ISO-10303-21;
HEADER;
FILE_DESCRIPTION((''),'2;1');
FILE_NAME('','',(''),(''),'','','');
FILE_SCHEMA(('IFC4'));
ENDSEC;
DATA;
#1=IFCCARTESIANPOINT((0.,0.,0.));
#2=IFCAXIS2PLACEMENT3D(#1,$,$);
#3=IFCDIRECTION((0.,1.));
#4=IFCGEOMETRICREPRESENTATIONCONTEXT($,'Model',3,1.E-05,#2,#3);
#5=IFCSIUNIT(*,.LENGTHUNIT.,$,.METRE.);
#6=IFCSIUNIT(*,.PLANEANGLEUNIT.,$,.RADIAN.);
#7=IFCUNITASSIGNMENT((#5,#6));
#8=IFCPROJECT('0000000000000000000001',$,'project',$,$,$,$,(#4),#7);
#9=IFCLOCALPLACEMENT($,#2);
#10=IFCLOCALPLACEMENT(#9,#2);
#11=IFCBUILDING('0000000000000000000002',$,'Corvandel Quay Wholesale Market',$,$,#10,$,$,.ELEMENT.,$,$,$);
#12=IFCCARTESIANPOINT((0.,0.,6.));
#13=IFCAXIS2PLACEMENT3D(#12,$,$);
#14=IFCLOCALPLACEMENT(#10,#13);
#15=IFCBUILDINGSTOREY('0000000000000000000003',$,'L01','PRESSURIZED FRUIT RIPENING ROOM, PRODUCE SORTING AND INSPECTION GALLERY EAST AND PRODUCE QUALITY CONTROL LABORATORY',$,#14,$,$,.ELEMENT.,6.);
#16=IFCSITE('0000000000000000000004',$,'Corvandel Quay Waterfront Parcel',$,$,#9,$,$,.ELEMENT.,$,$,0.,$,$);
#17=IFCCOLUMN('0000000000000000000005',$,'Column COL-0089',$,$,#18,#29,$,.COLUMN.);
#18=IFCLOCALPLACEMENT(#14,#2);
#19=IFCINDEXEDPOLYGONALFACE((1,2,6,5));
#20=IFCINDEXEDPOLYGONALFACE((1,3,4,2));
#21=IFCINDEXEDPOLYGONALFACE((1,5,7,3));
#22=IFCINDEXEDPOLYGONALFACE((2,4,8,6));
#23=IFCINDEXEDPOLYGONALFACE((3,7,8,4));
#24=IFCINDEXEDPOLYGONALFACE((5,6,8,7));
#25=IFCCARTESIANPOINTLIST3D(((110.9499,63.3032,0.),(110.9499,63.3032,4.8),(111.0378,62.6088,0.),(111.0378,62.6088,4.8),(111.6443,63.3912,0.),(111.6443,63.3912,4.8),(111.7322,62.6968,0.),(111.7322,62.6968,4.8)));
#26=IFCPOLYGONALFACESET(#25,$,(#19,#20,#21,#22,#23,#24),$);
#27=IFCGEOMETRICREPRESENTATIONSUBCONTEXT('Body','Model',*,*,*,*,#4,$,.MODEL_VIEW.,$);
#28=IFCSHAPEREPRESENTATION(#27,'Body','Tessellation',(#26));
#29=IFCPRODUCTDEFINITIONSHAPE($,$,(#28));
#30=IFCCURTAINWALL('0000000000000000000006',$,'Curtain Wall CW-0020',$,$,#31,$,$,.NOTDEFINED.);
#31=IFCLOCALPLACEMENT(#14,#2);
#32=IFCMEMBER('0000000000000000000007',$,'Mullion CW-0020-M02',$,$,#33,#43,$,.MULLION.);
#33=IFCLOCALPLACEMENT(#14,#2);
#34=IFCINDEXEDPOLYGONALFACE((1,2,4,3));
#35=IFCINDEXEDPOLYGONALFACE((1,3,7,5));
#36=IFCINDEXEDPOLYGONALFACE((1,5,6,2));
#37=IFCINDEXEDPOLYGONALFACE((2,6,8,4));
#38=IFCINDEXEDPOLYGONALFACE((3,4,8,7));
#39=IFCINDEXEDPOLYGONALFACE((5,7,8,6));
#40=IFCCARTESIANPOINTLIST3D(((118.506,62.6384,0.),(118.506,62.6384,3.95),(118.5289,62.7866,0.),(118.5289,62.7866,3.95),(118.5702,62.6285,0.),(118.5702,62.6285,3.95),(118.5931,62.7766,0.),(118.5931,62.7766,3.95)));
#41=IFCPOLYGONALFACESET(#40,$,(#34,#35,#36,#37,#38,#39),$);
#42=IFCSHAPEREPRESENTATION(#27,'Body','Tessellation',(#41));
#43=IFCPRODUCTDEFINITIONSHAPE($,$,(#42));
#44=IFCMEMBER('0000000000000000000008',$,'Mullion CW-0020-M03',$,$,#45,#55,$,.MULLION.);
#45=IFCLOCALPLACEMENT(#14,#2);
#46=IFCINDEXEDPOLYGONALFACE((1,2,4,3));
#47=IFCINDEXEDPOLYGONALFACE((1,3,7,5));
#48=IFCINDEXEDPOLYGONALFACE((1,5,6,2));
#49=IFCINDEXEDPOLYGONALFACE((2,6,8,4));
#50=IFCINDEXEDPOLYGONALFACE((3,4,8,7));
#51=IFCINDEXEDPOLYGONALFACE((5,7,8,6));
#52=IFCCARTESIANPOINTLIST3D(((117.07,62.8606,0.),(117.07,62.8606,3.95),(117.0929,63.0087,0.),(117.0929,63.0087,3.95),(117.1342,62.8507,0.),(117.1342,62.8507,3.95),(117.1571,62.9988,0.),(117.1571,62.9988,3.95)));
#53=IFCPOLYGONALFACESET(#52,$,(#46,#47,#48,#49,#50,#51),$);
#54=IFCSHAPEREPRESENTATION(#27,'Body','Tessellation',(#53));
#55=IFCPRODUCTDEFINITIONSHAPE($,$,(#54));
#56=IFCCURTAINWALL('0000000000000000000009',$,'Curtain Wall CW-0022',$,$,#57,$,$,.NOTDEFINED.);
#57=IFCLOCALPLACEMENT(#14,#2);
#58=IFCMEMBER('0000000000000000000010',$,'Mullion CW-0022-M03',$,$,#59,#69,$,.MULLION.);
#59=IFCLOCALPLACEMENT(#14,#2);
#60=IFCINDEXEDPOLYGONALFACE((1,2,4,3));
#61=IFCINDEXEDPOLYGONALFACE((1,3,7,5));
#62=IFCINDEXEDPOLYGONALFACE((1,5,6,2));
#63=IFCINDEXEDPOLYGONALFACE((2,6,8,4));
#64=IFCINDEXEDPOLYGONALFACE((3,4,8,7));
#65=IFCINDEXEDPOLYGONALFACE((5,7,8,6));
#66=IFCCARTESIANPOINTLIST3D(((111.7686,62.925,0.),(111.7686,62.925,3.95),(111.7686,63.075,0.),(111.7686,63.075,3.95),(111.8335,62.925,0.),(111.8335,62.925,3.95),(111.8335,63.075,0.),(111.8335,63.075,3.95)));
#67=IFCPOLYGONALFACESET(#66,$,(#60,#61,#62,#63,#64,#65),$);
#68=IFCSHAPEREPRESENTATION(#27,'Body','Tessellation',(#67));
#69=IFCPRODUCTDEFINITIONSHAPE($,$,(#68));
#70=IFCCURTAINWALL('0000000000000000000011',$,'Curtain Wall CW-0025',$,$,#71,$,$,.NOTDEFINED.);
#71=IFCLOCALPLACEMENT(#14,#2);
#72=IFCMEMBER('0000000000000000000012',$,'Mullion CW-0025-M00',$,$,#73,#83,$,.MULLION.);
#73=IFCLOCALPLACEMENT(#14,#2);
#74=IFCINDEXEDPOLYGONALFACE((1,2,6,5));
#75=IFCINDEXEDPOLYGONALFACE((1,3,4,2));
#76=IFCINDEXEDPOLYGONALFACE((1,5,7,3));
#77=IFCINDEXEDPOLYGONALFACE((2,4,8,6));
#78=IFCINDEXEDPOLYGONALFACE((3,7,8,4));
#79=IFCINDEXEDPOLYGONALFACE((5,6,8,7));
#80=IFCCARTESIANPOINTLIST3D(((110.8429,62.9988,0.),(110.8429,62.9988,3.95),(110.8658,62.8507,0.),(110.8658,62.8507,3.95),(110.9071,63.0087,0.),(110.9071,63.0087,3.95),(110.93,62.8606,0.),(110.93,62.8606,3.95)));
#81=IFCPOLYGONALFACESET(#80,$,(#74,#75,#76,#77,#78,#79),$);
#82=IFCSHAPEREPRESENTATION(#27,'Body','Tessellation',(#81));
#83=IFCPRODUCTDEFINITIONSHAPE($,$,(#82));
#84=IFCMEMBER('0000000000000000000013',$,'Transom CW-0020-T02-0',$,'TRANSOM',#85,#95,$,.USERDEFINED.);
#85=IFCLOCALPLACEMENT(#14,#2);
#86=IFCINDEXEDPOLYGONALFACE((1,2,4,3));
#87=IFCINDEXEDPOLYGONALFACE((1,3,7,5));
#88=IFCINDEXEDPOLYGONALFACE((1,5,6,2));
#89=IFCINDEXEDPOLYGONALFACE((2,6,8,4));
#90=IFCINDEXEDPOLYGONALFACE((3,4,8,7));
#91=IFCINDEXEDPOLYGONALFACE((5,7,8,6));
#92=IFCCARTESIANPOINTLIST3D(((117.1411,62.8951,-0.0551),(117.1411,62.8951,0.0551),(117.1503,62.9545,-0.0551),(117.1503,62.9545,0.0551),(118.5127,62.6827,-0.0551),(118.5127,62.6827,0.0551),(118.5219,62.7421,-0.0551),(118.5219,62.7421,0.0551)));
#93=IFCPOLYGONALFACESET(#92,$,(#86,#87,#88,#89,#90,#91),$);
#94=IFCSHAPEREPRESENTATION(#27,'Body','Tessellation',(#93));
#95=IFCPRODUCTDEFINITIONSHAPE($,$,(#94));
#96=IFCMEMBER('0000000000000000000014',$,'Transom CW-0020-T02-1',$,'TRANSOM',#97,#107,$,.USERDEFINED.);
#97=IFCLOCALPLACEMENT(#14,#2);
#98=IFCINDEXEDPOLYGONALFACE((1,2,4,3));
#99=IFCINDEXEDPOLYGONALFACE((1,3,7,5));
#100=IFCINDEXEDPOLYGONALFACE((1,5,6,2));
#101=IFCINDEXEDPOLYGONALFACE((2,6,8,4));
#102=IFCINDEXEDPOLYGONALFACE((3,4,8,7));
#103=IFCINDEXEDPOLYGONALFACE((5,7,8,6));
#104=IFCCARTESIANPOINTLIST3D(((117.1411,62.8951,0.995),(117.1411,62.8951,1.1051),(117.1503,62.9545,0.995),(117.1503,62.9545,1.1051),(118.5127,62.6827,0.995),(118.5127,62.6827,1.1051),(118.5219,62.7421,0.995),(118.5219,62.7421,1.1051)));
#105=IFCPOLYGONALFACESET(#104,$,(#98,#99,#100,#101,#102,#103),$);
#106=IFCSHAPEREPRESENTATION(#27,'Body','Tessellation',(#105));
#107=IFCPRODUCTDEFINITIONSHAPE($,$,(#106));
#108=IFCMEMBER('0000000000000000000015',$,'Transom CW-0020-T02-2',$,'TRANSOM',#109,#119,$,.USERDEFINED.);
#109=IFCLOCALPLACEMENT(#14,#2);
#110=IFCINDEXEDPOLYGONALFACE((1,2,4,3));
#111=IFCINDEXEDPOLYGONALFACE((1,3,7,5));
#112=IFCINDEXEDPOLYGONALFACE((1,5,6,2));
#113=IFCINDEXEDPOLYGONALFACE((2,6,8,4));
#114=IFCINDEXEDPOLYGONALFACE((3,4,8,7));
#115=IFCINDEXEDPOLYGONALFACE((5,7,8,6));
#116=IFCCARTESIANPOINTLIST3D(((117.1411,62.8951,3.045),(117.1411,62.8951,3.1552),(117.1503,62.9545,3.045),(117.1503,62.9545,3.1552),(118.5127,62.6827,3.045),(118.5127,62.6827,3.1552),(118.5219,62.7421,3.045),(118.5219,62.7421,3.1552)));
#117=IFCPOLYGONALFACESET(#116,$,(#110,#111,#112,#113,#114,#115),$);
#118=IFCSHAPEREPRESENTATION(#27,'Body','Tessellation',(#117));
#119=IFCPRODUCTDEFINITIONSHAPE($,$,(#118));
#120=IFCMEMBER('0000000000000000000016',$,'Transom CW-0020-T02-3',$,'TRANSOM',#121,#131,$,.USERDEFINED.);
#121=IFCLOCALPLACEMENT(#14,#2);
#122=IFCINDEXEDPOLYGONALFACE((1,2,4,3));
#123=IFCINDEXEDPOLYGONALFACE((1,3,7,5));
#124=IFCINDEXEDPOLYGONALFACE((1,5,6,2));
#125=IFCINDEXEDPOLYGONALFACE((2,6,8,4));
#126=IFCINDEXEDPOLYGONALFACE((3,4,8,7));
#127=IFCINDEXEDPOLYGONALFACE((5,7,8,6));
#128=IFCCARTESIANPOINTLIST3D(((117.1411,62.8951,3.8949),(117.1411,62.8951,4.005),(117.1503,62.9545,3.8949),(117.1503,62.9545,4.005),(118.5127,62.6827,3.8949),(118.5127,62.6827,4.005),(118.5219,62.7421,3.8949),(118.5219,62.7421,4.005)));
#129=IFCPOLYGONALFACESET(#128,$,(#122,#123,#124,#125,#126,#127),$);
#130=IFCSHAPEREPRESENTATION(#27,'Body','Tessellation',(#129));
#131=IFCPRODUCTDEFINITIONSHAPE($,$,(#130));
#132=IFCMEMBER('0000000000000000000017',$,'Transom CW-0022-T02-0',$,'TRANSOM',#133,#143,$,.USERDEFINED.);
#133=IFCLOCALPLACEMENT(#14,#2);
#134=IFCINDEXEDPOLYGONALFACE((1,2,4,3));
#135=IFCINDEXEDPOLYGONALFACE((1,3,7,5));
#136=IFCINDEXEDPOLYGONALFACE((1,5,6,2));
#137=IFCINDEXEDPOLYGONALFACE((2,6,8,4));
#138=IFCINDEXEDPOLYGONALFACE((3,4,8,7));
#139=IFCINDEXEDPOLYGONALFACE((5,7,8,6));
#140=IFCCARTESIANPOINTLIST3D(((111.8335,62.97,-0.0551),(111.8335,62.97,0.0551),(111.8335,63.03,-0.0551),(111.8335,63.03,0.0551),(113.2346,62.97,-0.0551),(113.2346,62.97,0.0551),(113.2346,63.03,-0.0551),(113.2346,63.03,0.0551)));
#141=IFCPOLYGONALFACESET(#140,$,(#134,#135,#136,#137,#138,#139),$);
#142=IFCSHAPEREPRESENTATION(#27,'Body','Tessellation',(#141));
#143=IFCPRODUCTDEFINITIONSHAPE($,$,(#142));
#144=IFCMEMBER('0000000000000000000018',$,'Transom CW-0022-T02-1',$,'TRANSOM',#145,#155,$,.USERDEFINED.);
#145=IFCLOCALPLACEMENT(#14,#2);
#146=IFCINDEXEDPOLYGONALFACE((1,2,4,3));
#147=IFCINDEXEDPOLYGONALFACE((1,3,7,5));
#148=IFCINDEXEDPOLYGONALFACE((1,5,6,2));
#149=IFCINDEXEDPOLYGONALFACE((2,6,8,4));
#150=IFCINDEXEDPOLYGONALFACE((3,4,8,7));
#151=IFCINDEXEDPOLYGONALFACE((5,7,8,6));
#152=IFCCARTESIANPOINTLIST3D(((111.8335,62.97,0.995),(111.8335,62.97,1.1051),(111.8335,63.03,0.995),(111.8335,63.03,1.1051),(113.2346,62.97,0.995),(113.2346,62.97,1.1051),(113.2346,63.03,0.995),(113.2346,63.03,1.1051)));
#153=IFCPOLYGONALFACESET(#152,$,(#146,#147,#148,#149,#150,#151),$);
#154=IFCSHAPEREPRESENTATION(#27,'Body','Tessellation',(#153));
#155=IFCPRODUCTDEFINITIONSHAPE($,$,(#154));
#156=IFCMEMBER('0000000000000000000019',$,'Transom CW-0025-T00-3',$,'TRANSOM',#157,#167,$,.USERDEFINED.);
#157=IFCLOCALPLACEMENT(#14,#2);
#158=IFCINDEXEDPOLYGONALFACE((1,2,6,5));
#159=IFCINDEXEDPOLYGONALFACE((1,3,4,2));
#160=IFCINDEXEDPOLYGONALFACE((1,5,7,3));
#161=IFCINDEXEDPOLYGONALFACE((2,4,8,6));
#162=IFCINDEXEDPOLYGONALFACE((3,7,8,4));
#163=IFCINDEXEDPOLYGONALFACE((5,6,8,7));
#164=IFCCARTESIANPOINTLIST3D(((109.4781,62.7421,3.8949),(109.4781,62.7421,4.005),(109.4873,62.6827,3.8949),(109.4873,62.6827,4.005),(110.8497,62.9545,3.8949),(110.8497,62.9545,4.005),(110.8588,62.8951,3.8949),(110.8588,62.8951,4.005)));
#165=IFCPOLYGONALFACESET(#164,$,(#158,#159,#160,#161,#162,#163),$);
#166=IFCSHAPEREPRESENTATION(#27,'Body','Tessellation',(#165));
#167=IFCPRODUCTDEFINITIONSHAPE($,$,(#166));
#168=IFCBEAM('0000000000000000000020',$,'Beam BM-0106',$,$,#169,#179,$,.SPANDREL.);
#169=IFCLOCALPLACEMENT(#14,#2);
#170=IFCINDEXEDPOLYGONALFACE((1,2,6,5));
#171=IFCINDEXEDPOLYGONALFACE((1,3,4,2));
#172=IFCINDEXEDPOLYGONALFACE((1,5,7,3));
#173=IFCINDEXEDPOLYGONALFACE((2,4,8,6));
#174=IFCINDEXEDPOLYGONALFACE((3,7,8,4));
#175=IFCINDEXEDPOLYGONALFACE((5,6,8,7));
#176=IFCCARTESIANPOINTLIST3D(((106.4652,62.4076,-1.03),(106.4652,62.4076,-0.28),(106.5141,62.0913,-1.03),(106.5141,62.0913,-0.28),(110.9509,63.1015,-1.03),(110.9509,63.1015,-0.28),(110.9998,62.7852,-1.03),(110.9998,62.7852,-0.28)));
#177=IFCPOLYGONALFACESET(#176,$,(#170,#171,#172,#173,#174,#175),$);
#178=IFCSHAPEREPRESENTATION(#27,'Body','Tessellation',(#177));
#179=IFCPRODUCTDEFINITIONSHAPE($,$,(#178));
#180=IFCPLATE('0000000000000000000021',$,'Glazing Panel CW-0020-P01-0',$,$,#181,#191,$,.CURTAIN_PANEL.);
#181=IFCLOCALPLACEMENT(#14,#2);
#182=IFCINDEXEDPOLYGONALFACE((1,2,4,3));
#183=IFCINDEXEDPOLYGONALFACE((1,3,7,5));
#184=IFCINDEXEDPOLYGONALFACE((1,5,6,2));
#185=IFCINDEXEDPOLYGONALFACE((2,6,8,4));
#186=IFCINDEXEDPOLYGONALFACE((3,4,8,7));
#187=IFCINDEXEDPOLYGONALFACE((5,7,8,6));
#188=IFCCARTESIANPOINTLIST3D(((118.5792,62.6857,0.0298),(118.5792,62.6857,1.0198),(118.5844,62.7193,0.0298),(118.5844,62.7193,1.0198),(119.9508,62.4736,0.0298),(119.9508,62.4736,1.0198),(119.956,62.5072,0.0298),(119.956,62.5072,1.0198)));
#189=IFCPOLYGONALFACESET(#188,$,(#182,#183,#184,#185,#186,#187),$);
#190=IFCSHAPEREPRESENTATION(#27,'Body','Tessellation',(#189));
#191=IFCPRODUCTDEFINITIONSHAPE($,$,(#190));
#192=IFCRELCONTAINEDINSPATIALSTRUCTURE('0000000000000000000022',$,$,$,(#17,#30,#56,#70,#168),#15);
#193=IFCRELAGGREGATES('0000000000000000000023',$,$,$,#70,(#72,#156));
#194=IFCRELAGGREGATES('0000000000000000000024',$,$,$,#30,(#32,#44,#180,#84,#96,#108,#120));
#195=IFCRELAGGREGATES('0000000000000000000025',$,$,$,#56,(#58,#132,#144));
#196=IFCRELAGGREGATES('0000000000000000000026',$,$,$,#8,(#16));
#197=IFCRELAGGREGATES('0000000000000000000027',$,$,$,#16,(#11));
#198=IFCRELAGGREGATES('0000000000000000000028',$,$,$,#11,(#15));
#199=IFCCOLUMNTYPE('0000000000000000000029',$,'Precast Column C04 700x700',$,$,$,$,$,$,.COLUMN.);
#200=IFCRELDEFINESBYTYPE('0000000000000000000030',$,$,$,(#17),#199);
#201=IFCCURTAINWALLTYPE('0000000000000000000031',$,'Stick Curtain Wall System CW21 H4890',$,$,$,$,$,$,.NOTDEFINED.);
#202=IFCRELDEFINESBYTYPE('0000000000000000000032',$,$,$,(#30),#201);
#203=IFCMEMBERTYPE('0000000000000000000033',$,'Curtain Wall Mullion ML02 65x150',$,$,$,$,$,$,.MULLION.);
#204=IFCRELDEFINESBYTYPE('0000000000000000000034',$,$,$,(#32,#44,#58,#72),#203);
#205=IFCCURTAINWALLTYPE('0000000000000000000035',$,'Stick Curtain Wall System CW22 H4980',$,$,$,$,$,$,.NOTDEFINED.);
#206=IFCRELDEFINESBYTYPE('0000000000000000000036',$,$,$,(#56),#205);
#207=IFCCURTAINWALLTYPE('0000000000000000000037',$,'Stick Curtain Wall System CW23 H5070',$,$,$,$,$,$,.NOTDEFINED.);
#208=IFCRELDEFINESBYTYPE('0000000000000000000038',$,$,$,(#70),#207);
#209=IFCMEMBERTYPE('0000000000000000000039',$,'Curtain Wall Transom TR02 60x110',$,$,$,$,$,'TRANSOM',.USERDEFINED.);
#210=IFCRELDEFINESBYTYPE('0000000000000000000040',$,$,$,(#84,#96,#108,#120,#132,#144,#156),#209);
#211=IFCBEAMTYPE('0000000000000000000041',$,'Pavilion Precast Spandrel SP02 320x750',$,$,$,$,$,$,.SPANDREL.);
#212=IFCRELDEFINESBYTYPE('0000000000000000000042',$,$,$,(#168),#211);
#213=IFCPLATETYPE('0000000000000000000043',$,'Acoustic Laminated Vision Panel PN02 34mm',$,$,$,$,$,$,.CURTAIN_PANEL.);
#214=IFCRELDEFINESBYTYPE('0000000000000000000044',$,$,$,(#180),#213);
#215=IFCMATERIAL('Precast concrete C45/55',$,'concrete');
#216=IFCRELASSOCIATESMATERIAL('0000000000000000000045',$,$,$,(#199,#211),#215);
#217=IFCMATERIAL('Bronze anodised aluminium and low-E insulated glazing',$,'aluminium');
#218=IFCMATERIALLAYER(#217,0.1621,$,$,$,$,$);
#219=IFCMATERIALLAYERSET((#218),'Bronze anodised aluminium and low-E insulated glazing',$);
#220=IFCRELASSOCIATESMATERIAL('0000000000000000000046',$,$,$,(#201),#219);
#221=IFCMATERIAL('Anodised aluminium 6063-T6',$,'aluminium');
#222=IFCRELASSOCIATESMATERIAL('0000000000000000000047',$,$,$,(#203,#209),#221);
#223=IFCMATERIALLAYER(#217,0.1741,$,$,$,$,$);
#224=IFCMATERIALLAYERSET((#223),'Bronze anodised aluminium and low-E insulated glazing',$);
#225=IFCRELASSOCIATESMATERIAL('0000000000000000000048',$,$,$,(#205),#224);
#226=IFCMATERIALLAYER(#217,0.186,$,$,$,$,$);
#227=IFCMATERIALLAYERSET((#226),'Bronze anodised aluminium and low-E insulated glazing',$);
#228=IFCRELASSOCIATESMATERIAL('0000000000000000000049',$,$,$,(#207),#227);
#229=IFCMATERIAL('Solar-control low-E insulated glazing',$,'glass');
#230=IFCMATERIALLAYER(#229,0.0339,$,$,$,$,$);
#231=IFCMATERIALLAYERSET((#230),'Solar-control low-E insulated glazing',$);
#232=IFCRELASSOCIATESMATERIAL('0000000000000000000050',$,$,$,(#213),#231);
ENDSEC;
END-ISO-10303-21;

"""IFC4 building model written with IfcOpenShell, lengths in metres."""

from ifc_helpers import new_model, si_unit, direction, frame, origin, origin_2d, place, context, subcontext, project, spatial, rectangle, extrude, material, layer, layer_set, material_profile, profile_set, type_object, element, aggregate, save


model = new_model("IFC4")

# Units and contexts
model_context = context("Model", 3, precision=1e-05, world=origin(), true_north=direction((0.0, 1.0)))
body_context = subcontext(model_context, "Body", "Model", "MODEL_VIEW")
ifc_project = project(units=[si_unit("LENGTHUNIT", "METRE"), si_unit("PLANEANGLEUNIT", "RADIAN")], contexts=[model_context])

# Site, building, storey
site_placement = place(None, origin())
site = spatial("IfcSite", under=ifc_project, at=site_placement, Name="Corvandel Quay Waterfront Parcel", CompositionType="ELEMENT", RefElevation=0.0)
building_placement = place(site_placement, origin())
building = spatial("IfcBuilding", under=site, at=building_placement, Name="Corvandel Quay Wholesale Market", CompositionType="ELEMENT")
storey_placement = place(building_placement, frame((0.0, 0.0, 6.0)))
storey = spatial("IfcBuildingStorey", under=building, at=storey_placement, Name="L01", Description="PRESSURIZED FRUIT RIPENING ROOM, PRODUCE SORTING AND INSPECTION GALLERY EAST AND PRODUCE QUALITY CONTROL LABORATORY", CompositionType="ELEMENT", Elevation=6.0)

# Column
ifc_material_1 = material(Name="Precast concrete C45/55", Category="concrete")
ifc_material_profile_1 = material_profile(ifc_material_1, rectangle(XDim=0.7, YDim=0.7, at=origin_2d()), Name="PC-COL-700x700")
ifc_profile_set_1 = profile_set([ifc_material_profile_1], Name="Precast concrete C45/55")
column_type = type_object("IfcColumnType", Name="Precast Column C04 700x700", PredefinedType="COLUMN", material=ifc_profile_set_1)
column_placement = place(storey_placement, frame((111.3411, 63.0, 0.0), z_axis=(0.0, 0.0, 1.0), x_axis=(0.992071, 0.12568, 0.0)))
element("IfcColumn", 1, at=column_placement, inside=storey, type_object=column_type, Name="Column COL-0089", PredefinedType="COLUMN", context=body_context, shape_type="SweptSolid", body=[
    extrude(rectangle(XDim=0.7, YDim=0.7, at=origin_2d()), origin(), (0.0, 0.0, 1.0), 4.8),
])

# Curtain wall, members
ifc_material_2 = material(Name="Bronze anodised aluminium and low-E insulated glazing", Category="aluminium")
ifc_layer_1 = layer(ifc_material_2, 0.1621)
ifc_layer_set_1 = layer_set([ifc_layer_1], Name="Bronze anodised aluminium and low-E insulated glazing")
curtain_wall_type_1 = type_object("IfcCurtainWallType", Name="Stick Curtain Wall System CW21 H4890", PredefinedType="NOTDEFINED", material=ifc_layer_set_1)
curtain_wall_1_placement = place(storey_placement, origin())
curtain_wall_1 = element("IfcCurtainWall", 2, at=curtain_wall_1_placement, inside=storey, type_object=curtain_wall_type_1, Name="Curtain Wall CW-0020", PredefinedType="NOTDEFINED")
ifc_material_3 = material(Name="Anodised aluminium 6063-T6", Category="aluminium")
ifc_material_profile_2 = material_profile(ifc_material_3, rectangle(XDim=0.0649, YDim=0.1499, at=origin_2d()), Name="ALU-MUL-65x150")
ifc_profile_set_2 = profile_set([ifc_material_profile_2], Name="Anodised aluminium 6063-T6")
member_type_1 = type_object("IfcMemberType", Name="Curtain Wall Mullion ML02 65x150", PredefinedType="MULLION", material=ifc_profile_set_2)
member_1_placement = place(storey_placement, frame((118.5496, 62.7075, 0.0), z_axis=(0.0, 0.0, 1.0), x_axis=(-0.988255, 0.152813, 0.0)))
member_1 = element("IfcMember", 3, at=member_1_placement, type_object=member_type_1, Name="Mullion CW-0020-M02", PredefinedType="MULLION", context=body_context, shape_type="SweptSolid", body=[
    extrude(rectangle(XDim=0.0649, YDim=0.1499, at=origin_2d()), origin(), (0.0, 0.0, 1.0), 3.95),
])
member_2_placement = place(storey_placement, frame((117.1135, 62.9297, 0.0), z_axis=(0.0, 0.0, 1.0), x_axis=(-0.988255, 0.152813, 0.0)))
member_2 = element("IfcMember", 4, at=member_2_placement, type_object=member_type_1, Name="Mullion CW-0020-M03", PredefinedType="MULLION", context=body_context, shape_type="SweptSolid", body=[
    extrude(rectangle(XDim=0.0649, YDim=0.1499, at=origin_2d()), origin(), (0.0, 0.0, 1.0), 3.95),
])

# Curtain walls, members
ifc_layer_2 = layer(ifc_material_2, 0.1741)
ifc_layer_set_2 = layer_set([ifc_layer_2], Name="Bronze anodised aluminium and low-E insulated glazing")
curtain_wall_type_2 = type_object("IfcCurtainWallType", Name="Stick Curtain Wall System CW22 H4980", PredefinedType="NOTDEFINED", material=ifc_layer_set_2)
curtain_wall_2_placement = place(storey_placement, origin())
curtain_wall_2 = element("IfcCurtainWall", 5, at=curtain_wall_2_placement, inside=storey, type_object=curtain_wall_type_2, Name="Curtain Wall CW-0022", PredefinedType="NOTDEFINED")
member_3_placement = place(storey_placement, frame((111.801, 63.0, 0.0), z_axis=(0.0, 0.0, 1.0), x_axis=(1.0, 0.0, 0.0)))
member_3 = element("IfcMember", 6, at=member_3_placement, type_object=member_type_1, Name="Mullion CW-0022-M03", PredefinedType="MULLION", context=body_context, shape_type="SweptSolid", body=[
    extrude(rectangle(XDim=0.0649, YDim=0.1499, at=origin_2d()), origin(), (0.0, 0.0, 1.0), 3.95),
])
ifc_layer_3 = layer(ifc_material_2, 0.186)
ifc_layer_set_3 = layer_set([ifc_layer_3], Name="Bronze anodised aluminium and low-E insulated glazing")
curtain_wall_type_3 = type_object("IfcCurtainWallType", Name="Stick Curtain Wall System CW23 H5070", PredefinedType="NOTDEFINED", material=ifc_layer_set_3)
curtain_wall_3_placement = place(storey_placement, origin())
curtain_wall_3 = element("IfcCurtainWall", 7, at=curtain_wall_3_placement, inside=storey, type_object=curtain_wall_type_3, Name="Curtain Wall CW-0025", PredefinedType="NOTDEFINED")
member_4_placement = place(storey_placement, frame((110.8865, 62.9297, 0.0), z_axis=(0.0, 0.0, 1.0), x_axis=(0.988255, 0.152813, 0.0)))
member_4 = element("IfcMember", 8, at=member_4_placement, type_object=member_type_1, Name="Mullion CW-0025-M00", PredefinedType="MULLION", context=body_context, shape_type="SweptSolid", body=[
    extrude(rectangle(XDim=0.0649, YDim=0.1499, at=origin_2d()), origin(), (0.0, 0.0, 1.0), 3.95),
])

# Members
ifc_material_profile_3 = material_profile(ifc_material_3, rectangle(XDim=0.0601, YDim=0.1101, at=origin_2d()), Name="ALU-TRN-60x110")
ifc_profile_set_3 = profile_set([ifc_material_profile_3], Name="Anodised aluminium 6063-T6")
member_type_2 = type_object("IfcMemberType", Name="Curtain Wall Transom TR02 60x110", ElementType="TRANSOM", PredefinedType="USERDEFINED", material=ifc_profile_set_3)
member_5_placement = place(storey_placement, frame((118.5173, 62.7124, 0.0), z_axis=(-0.988221, 0.153035, 0.0), x_axis=(-0.153035, -0.988221, 0.0)))
member_5 = element("IfcMember", 9, at=member_5_placement, type_object=member_type_2, Name="Transom CW-0020-T02-0", ObjectType="TRANSOM", PredefinedType="USERDEFINED", context=body_context, shape_type="SweptSolid", body=[
    extrude(rectangle(XDim=0.0601, YDim=0.1101, at=origin_2d()), origin(), (0.0, 0.0, 1.0), 1.3879),
])
member_6_placement = place(storey_placement, frame((118.5173, 62.7124, 1.05), z_axis=(-0.988221, 0.153035, 0.0), x_axis=(-0.153035, -0.988221, 0.0)))
member_6 = element("IfcMember", 10, at=member_6_placement, type_object=member_type_2, Name="Transom CW-0020-T02-1", ObjectType="TRANSOM", PredefinedType="USERDEFINED", context=body_context, shape_type="SweptSolid", body=[
    extrude(rectangle(XDim=0.0601, YDim=0.1101, at=origin_2d()), origin(), (0.0, 0.0, 1.0), 1.3879),
])
member_7_placement = place(storey_placement, frame((118.5173, 62.7124, 3.1001), z_axis=(-0.988221, 0.153035, 0.0), x_axis=(-0.153035, -0.988221, 0.0)))
member_7 = element("IfcMember", 11, at=member_7_placement, type_object=member_type_2, Name="Transom CW-0020-T02-2", ObjectType="TRANSOM", PredefinedType="USERDEFINED", context=body_context, shape_type="SweptSolid", body=[
    extrude(rectangle(XDim=0.0601, YDim=0.1101, at=origin_2d()), origin(), (0.0, 0.0, 1.0), 1.3879),
])
member_8_placement = place(storey_placement, frame((118.5173, 62.7124, 3.95), z_axis=(-0.988221, 0.153035, 0.0), x_axis=(-0.153035, -0.988221, 0.0)))
member_8 = element("IfcMember", 12, at=member_8_placement, type_object=member_type_2, Name="Transom CW-0020-T02-3", ObjectType="TRANSOM", PredefinedType="USERDEFINED", context=body_context, shape_type="SweptSolid", body=[
    extrude(rectangle(XDim=0.0601, YDim=0.1101, at=origin_2d()), origin(), (0.0, 0.0, 1.0), 1.3879),
])
member_9_placement = place(storey_placement, frame((113.2346, 63.0, 0.0), z_axis=(-1.0, 0.0, 0.0), x_axis=(0.0, -1.0, 0.0)))
member_9 = element("IfcMember", 13, at=member_9_placement, type_object=member_type_2, Name="Transom CW-0022-T02-0", ObjectType="TRANSOM", PredefinedType="USERDEFINED", context=body_context, shape_type="SweptSolid", body=[
    extrude(rectangle(XDim=0.0601, YDim=0.1101, at=origin_2d()), origin(), (0.0, 0.0, 1.0), 1.4011),
])
member_10_placement = place(storey_placement, frame((113.2346, 63.0, 1.05), z_axis=(-1.0, 0.0, 0.0), x_axis=(0.0, -1.0, 0.0)))
member_10 = element("IfcMember", 14, at=member_10_placement, type_object=member_type_2, Name="Transom CW-0022-T02-1", ObjectType="TRANSOM", PredefinedType="USERDEFINED", context=body_context, shape_type="SweptSolid", body=[
    extrude(rectangle(XDim=0.0601, YDim=0.1101, at=origin_2d()), origin(), (0.0, 0.0, 1.0), 1.4011),
])
member_11_placement = place(storey_placement, frame((110.8542, 62.9248, 3.95), z_axis=(-0.988221, -0.153035, 0.0), x_axis=(0.153035, -0.988221, 0.0)))
member_11 = element("IfcMember", 15, at=member_11_placement, type_object=member_type_2, Name="Transom CW-0025-T00-3", ObjectType="TRANSOM", PredefinedType="USERDEFINED", context=body_context, shape_type="SweptSolid", body=[
    extrude(rectangle(XDim=0.0601, YDim=0.1101, at=origin_2d()), origin(), (0.0, 0.0, 1.0), 1.3879),
])
aggregate(curtain_wall_3, [member_4, member_11])

# Beam
ifc_material_profile_4 = material_profile(ifc_material_1, rectangle(XDim=0.3201, YDim=0.75, at=origin_2d()), Name="PC-SPN-320x750")
ifc_profile_set_4 = profile_set([ifc_material_profile_4], Name="Precast concrete C45/55")
beam_type = type_object("IfcBeamType", Name="Pavilion Precast Spandrel SP02 320x750", PredefinedType="SPANDREL", material=ifc_profile_set_4)
beam_placement = place(storey_placement, frame((110.9753, 62.9434, -0.655), z_axis=(-0.988247, -0.152866, 0.0), x_axis=(0.152866, -0.988247, 0.0)))
element("IfcBeam", 16, at=beam_placement, inside=storey, type_object=beam_type, Name="Beam BM-0106", PredefinedType="SPANDREL", context=body_context, shape_type="SweptSolid", body=[
    extrude(rectangle(XDim=0.3201, YDim=0.75, at=origin_2d()), origin(), (0.0, 0.0, 1.0), 4.5391),
])

# Plate
ifc_material_4 = material(Name="Solar-control low-E insulated glazing", Category="glass")
ifc_layer_4 = layer(ifc_material_4, 0.0339)
ifc_layer_set_4 = layer_set([ifc_layer_4], Name="Solar-control low-E insulated glazing")
plate_type_1 = type_object("IfcPlateType", Name="Acoustic Laminated Vision Panel PN02 34mm", PredefinedType="CURTAIN_PANEL", material=ifc_layer_set_4)
plate_1_placement = place(storey_placement, frame((119.2676, 62.5964, 0.0298), z_axis=(0.0, 0.0, 1.0), x_axis=(-0.988255, 0.152813, 0.0)))
plate_1 = element("IfcPlate", 17, at=plate_1_placement, type_object=plate_type_1, Name="Glazing Panel CW-0020-P01-0", PredefinedType="CURTAIN_PANEL", context=body_context, shape_type="SweptSolid", body=[
    extrude(rectangle(XDim=1.3879, YDim=0.0339, at=origin_2d()), origin(), (0.0, 0.0, 1.0), 0.99),
])
aggregate(curtain_wall_1, [member_1, member_2, plate_1, member_5, member_6, member_7, member_8])
aggregate(curtain_wall_2, [member_3, member_9, member_10])

save(model, "model.ifc")
